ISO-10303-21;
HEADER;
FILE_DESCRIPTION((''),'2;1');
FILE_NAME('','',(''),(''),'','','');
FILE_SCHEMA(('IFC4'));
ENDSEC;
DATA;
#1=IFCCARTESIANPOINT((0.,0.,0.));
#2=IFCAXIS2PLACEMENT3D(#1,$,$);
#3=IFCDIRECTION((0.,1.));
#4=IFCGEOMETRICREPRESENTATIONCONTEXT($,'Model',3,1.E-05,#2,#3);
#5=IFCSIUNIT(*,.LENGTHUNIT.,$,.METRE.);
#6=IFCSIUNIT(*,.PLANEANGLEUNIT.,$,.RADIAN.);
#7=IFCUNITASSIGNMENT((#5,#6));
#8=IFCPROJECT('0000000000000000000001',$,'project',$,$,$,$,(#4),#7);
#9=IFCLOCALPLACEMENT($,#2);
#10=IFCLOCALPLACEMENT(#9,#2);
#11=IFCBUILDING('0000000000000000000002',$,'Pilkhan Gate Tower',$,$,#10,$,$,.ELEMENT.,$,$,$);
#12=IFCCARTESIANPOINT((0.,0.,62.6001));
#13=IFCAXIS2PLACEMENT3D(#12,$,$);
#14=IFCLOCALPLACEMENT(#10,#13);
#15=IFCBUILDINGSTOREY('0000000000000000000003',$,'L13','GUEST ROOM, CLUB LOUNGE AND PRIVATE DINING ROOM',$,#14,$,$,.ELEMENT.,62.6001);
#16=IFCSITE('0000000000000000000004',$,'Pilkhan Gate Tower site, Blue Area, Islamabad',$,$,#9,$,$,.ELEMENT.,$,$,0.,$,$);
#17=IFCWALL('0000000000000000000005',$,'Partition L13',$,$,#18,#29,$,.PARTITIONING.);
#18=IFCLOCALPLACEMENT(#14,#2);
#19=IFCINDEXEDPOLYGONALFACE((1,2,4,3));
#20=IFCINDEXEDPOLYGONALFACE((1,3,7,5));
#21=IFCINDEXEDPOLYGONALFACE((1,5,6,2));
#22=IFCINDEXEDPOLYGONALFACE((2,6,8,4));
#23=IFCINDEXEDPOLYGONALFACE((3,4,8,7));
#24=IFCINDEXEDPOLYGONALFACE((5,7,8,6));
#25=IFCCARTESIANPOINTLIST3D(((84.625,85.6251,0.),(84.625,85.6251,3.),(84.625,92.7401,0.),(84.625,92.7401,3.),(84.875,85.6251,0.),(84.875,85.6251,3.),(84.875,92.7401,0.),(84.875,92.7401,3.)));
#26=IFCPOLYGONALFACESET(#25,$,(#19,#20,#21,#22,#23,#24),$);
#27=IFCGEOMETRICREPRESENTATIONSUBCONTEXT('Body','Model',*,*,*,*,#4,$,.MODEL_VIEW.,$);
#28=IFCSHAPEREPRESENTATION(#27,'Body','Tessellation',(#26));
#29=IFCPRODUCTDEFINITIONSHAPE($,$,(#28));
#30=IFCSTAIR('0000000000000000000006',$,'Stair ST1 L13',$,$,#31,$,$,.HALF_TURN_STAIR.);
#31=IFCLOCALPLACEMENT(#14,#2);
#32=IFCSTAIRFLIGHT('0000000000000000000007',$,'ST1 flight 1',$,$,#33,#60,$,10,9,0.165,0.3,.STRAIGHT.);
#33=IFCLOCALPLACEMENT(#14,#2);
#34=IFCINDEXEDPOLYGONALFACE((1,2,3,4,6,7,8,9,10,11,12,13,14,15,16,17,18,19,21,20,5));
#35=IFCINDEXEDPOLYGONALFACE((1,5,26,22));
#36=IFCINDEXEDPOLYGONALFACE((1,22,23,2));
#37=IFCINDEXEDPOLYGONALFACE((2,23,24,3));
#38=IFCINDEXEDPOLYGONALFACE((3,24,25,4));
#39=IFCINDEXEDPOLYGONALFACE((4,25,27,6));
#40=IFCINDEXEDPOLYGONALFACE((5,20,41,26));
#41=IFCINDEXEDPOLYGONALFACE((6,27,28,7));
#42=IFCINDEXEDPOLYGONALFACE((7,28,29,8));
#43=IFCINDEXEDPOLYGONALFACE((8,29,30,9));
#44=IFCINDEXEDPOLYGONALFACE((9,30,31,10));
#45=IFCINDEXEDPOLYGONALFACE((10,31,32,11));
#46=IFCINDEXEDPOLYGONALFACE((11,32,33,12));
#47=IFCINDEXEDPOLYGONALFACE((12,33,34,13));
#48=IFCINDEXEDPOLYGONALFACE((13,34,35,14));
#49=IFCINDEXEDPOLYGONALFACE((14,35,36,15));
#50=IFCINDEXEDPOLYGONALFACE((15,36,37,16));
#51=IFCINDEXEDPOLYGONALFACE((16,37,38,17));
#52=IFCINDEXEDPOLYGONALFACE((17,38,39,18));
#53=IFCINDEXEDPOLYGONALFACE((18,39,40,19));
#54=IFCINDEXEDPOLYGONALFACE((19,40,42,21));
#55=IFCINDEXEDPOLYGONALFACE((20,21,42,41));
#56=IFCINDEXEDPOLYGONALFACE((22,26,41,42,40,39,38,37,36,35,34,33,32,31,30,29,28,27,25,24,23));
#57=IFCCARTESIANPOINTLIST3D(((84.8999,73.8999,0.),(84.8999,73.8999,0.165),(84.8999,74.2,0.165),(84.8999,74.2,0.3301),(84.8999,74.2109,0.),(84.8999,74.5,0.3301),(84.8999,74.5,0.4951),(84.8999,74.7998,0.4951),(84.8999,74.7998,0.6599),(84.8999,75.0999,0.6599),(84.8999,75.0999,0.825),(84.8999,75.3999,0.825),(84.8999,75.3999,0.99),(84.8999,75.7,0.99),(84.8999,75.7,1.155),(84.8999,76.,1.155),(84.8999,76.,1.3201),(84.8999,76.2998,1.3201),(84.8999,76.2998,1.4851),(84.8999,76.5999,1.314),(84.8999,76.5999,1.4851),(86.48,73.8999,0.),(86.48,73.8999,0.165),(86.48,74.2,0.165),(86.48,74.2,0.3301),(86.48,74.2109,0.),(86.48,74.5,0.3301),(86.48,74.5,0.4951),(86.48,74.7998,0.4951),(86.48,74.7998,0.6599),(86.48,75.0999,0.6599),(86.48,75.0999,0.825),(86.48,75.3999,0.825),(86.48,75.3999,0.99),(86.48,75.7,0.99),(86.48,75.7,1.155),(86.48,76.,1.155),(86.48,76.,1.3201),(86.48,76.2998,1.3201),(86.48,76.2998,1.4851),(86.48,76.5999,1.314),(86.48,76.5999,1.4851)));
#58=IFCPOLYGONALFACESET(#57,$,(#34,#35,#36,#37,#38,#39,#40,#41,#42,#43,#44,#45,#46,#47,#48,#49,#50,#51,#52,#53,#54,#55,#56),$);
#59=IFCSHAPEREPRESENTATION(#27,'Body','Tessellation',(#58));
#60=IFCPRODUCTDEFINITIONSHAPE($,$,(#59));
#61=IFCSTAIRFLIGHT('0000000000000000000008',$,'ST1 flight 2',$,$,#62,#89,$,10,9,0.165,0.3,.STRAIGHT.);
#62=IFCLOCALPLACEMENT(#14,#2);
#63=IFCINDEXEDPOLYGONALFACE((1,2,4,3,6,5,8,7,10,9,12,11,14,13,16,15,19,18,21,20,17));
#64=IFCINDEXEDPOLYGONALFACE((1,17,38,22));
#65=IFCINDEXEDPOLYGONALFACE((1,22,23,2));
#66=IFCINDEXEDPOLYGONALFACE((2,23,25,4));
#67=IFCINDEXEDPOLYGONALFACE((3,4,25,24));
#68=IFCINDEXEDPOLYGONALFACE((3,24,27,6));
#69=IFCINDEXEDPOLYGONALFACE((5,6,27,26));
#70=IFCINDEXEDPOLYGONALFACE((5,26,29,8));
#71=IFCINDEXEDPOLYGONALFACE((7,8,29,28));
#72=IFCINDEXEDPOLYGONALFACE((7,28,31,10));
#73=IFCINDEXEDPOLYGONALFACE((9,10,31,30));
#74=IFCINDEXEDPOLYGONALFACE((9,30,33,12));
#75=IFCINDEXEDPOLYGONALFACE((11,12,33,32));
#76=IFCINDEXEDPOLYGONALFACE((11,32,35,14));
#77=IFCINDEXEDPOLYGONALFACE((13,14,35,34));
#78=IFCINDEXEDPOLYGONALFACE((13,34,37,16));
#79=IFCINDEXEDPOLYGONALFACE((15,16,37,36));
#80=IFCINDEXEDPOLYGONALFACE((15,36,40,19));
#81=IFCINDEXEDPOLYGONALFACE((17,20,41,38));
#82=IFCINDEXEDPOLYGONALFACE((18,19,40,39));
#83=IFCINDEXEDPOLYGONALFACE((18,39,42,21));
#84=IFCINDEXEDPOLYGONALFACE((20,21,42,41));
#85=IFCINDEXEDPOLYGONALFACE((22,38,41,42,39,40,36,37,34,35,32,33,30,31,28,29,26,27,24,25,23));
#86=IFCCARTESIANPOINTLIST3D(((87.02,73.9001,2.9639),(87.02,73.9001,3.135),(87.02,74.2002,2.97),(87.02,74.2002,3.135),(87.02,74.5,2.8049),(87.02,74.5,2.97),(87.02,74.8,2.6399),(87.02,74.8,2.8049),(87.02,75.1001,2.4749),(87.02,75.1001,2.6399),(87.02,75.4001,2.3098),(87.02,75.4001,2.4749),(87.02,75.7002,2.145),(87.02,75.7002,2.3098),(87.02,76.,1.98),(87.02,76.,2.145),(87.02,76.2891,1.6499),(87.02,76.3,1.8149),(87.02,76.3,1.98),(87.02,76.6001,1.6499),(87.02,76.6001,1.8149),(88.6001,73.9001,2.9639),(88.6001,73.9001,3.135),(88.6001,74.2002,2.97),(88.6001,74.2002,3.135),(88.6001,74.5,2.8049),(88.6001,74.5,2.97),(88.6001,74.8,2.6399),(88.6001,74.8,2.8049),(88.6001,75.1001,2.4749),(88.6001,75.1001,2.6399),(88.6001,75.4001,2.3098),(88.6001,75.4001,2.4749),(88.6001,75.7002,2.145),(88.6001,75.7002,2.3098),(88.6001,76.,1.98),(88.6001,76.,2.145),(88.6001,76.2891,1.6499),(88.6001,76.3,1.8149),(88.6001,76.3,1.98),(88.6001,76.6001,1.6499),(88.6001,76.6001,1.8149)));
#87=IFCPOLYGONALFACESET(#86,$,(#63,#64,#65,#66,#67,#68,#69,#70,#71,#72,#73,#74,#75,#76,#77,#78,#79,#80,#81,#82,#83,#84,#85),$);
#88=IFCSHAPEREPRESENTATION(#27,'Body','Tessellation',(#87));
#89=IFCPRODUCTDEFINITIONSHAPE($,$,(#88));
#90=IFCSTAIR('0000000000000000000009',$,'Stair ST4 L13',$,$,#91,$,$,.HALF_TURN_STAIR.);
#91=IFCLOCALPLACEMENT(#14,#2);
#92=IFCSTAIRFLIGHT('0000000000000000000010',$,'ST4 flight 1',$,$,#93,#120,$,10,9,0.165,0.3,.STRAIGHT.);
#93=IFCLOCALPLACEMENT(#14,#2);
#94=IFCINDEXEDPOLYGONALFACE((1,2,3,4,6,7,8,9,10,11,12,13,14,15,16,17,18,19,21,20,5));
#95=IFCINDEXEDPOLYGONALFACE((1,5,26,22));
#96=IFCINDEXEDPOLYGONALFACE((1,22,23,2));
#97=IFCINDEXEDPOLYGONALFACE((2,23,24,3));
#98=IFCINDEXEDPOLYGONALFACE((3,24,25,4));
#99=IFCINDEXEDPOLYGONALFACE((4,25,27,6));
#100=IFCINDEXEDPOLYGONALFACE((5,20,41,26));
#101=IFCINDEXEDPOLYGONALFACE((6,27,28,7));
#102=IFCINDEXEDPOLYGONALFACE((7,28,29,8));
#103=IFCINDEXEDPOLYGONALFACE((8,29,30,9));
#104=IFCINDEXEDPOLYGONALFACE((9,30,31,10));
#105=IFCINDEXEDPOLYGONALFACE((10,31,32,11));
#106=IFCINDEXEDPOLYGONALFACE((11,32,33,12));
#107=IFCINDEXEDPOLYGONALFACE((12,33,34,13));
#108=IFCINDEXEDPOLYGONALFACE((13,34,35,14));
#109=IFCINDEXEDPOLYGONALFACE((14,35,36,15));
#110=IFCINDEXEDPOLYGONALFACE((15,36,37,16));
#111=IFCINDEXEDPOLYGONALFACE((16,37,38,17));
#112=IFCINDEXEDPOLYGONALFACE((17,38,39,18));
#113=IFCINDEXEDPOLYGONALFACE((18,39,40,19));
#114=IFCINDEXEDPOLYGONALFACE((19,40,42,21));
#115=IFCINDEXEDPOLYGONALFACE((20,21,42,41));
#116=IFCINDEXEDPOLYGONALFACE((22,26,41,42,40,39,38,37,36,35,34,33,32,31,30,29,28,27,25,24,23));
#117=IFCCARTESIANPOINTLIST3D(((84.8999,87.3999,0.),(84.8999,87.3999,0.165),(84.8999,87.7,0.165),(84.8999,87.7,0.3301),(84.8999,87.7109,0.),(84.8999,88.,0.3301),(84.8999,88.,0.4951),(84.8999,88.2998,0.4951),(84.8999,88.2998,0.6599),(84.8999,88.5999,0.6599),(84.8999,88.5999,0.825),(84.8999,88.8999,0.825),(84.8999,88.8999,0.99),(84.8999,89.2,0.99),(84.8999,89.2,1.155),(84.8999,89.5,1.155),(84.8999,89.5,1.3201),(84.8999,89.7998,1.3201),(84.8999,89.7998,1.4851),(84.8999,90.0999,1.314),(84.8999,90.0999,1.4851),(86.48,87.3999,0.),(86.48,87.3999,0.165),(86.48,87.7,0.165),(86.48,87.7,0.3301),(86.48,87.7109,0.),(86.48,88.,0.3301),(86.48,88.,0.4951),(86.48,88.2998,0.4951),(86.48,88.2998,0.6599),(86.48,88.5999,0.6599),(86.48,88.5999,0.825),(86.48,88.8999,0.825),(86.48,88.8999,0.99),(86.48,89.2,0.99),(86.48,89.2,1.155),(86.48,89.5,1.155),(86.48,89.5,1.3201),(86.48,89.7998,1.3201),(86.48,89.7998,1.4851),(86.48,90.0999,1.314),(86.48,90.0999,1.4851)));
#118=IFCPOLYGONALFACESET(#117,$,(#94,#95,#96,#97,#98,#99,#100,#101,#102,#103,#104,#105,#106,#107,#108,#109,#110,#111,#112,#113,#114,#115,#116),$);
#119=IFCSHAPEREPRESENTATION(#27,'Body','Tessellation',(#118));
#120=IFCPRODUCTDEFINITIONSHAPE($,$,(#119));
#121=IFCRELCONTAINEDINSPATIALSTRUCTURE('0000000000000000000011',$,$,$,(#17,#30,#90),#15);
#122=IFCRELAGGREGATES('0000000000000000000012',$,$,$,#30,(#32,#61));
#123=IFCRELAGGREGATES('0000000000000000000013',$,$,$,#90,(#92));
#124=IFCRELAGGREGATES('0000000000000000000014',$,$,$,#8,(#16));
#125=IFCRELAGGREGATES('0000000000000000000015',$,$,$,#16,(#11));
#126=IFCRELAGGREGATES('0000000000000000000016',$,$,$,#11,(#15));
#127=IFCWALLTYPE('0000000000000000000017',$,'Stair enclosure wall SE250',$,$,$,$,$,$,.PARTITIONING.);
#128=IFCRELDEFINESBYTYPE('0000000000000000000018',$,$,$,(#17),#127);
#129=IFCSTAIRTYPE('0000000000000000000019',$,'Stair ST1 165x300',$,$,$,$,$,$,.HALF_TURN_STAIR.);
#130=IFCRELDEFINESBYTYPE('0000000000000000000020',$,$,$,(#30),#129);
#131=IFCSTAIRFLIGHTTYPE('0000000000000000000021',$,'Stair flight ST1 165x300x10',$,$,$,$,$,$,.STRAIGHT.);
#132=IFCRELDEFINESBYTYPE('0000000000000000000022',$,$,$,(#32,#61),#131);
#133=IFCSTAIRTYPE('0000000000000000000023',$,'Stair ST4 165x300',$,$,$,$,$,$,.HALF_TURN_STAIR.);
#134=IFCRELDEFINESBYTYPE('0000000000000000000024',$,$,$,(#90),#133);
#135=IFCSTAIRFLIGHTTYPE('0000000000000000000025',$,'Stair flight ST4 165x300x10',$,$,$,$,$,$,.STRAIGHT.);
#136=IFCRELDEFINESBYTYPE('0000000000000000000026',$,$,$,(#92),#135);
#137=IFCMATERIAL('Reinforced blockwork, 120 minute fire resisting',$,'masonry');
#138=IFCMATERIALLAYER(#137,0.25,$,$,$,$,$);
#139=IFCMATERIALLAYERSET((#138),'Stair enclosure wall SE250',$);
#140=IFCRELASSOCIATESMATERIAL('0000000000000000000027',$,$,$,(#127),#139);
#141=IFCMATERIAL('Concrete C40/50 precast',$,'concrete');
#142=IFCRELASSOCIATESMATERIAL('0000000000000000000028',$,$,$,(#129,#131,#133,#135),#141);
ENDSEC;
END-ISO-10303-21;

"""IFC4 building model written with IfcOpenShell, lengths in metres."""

from ifc_helpers import new_model, si_unit, direction, frame, frame_2d, origin, place, context, subcontext, project, spatial, polyline, rectangle, outline, extrude, material, layer, layer_set, type_object, element, aggregate, save


model = new_model("IFC4")

# Units and contexts
model_context = context("Model", 3, precision=1e-05, world=origin(), true_north=direction((0.0, 1.0)))
body_context = subcontext(model_context, "Body", "Model", "MODEL_VIEW")
ifc_project = project(units=[si_unit("LENGTHUNIT", "METRE"), si_unit("PLANEANGLEUNIT", "RADIAN")], contexts=[model_context])

# Site, building, storey
site_placement = place(None, origin())
site = spatial("IfcSite", under=ifc_project, at=site_placement, Name="Pilkhan Gate Tower site, Blue Area, Islamabad", CompositionType="ELEMENT", RefElevation=0.0)
building_placement = place(site_placement, origin())
building = spatial("IfcBuilding", under=site, at=building_placement, Name="Pilkhan Gate Tower", CompositionType="ELEMENT")
storey_placement = place(building_placement, frame((0.0, 0.0, 62.6001)))
storey = spatial("IfcBuildingStorey", under=building, at=storey_placement, Name="L13", Description="GUEST ROOM, CLUB LOUNGE AND PRIVATE DINING ROOM", CompositionType="ELEMENT", Elevation=62.6001)

# Wall
ifc_material_1 = material(Name="Reinforced blockwork, 120 minute fire resisting", Category="masonry")
ifc_layer_1 = layer(ifc_material_1, 0.25)
ifc_layer_set_1 = layer_set([ifc_layer_1], Name="Stair enclosure wall SE250")
wall_type_1 = type_object("IfcWallType", Name="Stair enclosure wall SE250", PredefinedType="PARTITIONING", material=ifc_layer_set_1)
for number, where, z_axis, x_axis, name in (
    (1, (84.75, 85.625, 0.0), (0.0, 0.0, 1.0), (0.0, 1.0, 0.0), "Partition L13"),
):
    element("IfcWall", number, at=place(storey_placement, frame(where, z_axis=z_axis, x_axis=x_axis)), inside=storey, type_object=wall_type_1, Name=name, PredefinedType="PARTITIONING", context=body_context, shape_type="SweptSolid", body=[
        extrude(rectangle(XDim=7.115, YDim=0.25, at=frame_2d((3.5576, 0.0))), origin(), (0.0, 0.0, 1.0), 3.0),
    ])

# Stair, stair flights
ifc_material_2 = material(Name="Concrete C40/50 precast", Category="concrete")
stair_type_1 = type_object("IfcStairType", Name="Stair ST1 165x300", PredefinedType="HALF_TURN_STAIR", material=ifc_material_2)
stair_1_placement = place(storey_placement, origin())
stair_1 = element("IfcStair", 2, at=stair_1_placement, inside=storey, type_object=stair_type_1, Name="Stair ST1 L13", PredefinedType="HALF_TURN_STAIR")
stair_flight_type_1 = type_object("IfcStairFlightType", Name="Stair flight ST1 165x300x10", PredefinedType="STRAIGHT", material=ifc_material_2)
stair_flight_1_placement = place(storey_placement, frame((85.6899, 73.8999, 0.0), z_axis=(0.0, 0.0, 1.0), x_axis=(0.0, 1.0, 0.0)))
stair_flight_1 = element("IfcStairFlight", 3, at=stair_flight_1_placement, type_object=stair_flight_type_1, Name="ST1 flight 1", NumberOfRisers=10, NumberOfTreads=9, PredefinedType="STRAIGHT", RiserHeight=0.165, TreadLength=0.3, context=body_context, shape_type="SweptSolid", body=[
    extrude(outline(polyline([(0.0, 0.0), (0.0, 0.165), (0.3, 0.165), (0.3, 0.3301), (0.6001, 0.3301), (0.6001, 0.4951), (0.8999, 0.4951), (0.8999, 0.6599), (1.2, 0.6599), (1.2, 0.825), (1.5, 0.825), (1.5, 0.99), (1.8, 0.99), (1.8, 1.155), (2.1001, 1.155), (2.1001, 1.3201), (2.3999, 1.3201), (2.3999, 1.4851), (2.7, 1.4851), (2.7, 1.6499), (2.7, 1.314), (0.311, 0.0), (0.0, 0.0)])), frame((0.0, 0.79, 0.0), z_axis=(0.0, -1.0, 0.0), x_axis=(1.0, 0.0, 0.0)), (0.0, 0.0, 1.0), 1.5801),
])
stair_flight_2_placement = place(storey_placement, frame((87.8101, 76.6001, 1.6499), z_axis=(0.0, 0.0, 1.0), x_axis=(0.0, -1.0, 0.0)))
stair_flight_2 = element("IfcStairFlight", 4, at=stair_flight_2_placement, type_object=stair_flight_type_1, Name="ST1 flight 2", NumberOfRisers=10, NumberOfTreads=9, PredefinedType="STRAIGHT", RiserHeight=0.165, TreadLength=0.3, context=body_context, shape_type="SweptSolid", body=[
    extrude(outline(polyline([(0.0, 0.0), (0.0, 0.165), (0.3, 0.165), (0.3, 0.3301), (0.6001, 0.3301), (0.6001, 0.4951), (0.8999, 0.4951), (0.8999, 0.6599), (1.2, 0.6599), (1.2, 0.825), (1.5, 0.825), (1.5, 0.99), (1.8, 0.99), (1.8, 1.155), (2.1001, 1.155), (2.1001, 1.3201), (2.3999, 1.3201), (2.3999, 1.4851), (2.7, 1.4851), (2.7, 1.6499), (2.7, 1.314), (0.311, 0.0), (0.0, 0.0)])), frame((0.0, 0.79, 0.0), z_axis=(0.0, -1.0, 0.0), x_axis=(1.0, 0.0, 0.0)), (0.0, 0.0, 1.0), 1.5801),
])
aggregate(stair_1, [stair_flight_1, stair_flight_2])

# Stair, stair flight
stair_type_2 = type_object("IfcStairType", Name="Stair ST4 165x300", PredefinedType="HALF_TURN_STAIR", material=ifc_material_2)
stair_2_placement = place(storey_placement, origin())
stair_2 = element("IfcStair", 5, at=stair_2_placement, inside=storey, type_object=stair_type_2, Name="Stair ST4 L13", PredefinedType="HALF_TURN_STAIR")
stair_flight_type_2 = type_object("IfcStairFlightType", Name="Stair flight ST4 165x300x10", PredefinedType="STRAIGHT", material=ifc_material_2)
stair_flight_3_placement = place(storey_placement, frame((85.6899, 87.3999, 0.0), z_axis=(0.0, 0.0, 1.0), x_axis=(0.0, 1.0, 0.0)))
stair_flight_3 = element("IfcStairFlight", 6, at=stair_flight_3_placement, type_object=stair_flight_type_2, Name="ST4 flight 1", NumberOfRisers=10, NumberOfTreads=9, PredefinedType="STRAIGHT", RiserHeight=0.165, TreadLength=0.3, context=body_context, shape_type="SweptSolid", body=[
    extrude(outline(polyline([(0.0, 0.0), (0.0, 0.165), (0.3, 0.165), (0.3, 0.3301), (0.6001, 0.3301), (0.6001, 0.4951), (0.8999, 0.4951), (0.8999, 0.6599), (1.2, 0.6599), (1.2, 0.825), (1.5, 0.825), (1.5, 0.99), (1.8, 0.99), (1.8, 1.155), (2.1001, 1.155), (2.1001, 1.3201), (2.3999, 1.3201), (2.3999, 1.4851), (2.7, 1.4851), (2.7, 1.6499), (2.7, 1.314), (0.311, 0.0), (0.0, 0.0)])), frame((0.0, 0.79, 0.0), z_axis=(0.0, -1.0, 0.0), x_axis=(1.0, 0.0, 0.0)), (0.0, 0.0, 1.0), 1.5801),
])
aggregate(stair_2, [stair_flight_3])

save(model, "model.ifc")
